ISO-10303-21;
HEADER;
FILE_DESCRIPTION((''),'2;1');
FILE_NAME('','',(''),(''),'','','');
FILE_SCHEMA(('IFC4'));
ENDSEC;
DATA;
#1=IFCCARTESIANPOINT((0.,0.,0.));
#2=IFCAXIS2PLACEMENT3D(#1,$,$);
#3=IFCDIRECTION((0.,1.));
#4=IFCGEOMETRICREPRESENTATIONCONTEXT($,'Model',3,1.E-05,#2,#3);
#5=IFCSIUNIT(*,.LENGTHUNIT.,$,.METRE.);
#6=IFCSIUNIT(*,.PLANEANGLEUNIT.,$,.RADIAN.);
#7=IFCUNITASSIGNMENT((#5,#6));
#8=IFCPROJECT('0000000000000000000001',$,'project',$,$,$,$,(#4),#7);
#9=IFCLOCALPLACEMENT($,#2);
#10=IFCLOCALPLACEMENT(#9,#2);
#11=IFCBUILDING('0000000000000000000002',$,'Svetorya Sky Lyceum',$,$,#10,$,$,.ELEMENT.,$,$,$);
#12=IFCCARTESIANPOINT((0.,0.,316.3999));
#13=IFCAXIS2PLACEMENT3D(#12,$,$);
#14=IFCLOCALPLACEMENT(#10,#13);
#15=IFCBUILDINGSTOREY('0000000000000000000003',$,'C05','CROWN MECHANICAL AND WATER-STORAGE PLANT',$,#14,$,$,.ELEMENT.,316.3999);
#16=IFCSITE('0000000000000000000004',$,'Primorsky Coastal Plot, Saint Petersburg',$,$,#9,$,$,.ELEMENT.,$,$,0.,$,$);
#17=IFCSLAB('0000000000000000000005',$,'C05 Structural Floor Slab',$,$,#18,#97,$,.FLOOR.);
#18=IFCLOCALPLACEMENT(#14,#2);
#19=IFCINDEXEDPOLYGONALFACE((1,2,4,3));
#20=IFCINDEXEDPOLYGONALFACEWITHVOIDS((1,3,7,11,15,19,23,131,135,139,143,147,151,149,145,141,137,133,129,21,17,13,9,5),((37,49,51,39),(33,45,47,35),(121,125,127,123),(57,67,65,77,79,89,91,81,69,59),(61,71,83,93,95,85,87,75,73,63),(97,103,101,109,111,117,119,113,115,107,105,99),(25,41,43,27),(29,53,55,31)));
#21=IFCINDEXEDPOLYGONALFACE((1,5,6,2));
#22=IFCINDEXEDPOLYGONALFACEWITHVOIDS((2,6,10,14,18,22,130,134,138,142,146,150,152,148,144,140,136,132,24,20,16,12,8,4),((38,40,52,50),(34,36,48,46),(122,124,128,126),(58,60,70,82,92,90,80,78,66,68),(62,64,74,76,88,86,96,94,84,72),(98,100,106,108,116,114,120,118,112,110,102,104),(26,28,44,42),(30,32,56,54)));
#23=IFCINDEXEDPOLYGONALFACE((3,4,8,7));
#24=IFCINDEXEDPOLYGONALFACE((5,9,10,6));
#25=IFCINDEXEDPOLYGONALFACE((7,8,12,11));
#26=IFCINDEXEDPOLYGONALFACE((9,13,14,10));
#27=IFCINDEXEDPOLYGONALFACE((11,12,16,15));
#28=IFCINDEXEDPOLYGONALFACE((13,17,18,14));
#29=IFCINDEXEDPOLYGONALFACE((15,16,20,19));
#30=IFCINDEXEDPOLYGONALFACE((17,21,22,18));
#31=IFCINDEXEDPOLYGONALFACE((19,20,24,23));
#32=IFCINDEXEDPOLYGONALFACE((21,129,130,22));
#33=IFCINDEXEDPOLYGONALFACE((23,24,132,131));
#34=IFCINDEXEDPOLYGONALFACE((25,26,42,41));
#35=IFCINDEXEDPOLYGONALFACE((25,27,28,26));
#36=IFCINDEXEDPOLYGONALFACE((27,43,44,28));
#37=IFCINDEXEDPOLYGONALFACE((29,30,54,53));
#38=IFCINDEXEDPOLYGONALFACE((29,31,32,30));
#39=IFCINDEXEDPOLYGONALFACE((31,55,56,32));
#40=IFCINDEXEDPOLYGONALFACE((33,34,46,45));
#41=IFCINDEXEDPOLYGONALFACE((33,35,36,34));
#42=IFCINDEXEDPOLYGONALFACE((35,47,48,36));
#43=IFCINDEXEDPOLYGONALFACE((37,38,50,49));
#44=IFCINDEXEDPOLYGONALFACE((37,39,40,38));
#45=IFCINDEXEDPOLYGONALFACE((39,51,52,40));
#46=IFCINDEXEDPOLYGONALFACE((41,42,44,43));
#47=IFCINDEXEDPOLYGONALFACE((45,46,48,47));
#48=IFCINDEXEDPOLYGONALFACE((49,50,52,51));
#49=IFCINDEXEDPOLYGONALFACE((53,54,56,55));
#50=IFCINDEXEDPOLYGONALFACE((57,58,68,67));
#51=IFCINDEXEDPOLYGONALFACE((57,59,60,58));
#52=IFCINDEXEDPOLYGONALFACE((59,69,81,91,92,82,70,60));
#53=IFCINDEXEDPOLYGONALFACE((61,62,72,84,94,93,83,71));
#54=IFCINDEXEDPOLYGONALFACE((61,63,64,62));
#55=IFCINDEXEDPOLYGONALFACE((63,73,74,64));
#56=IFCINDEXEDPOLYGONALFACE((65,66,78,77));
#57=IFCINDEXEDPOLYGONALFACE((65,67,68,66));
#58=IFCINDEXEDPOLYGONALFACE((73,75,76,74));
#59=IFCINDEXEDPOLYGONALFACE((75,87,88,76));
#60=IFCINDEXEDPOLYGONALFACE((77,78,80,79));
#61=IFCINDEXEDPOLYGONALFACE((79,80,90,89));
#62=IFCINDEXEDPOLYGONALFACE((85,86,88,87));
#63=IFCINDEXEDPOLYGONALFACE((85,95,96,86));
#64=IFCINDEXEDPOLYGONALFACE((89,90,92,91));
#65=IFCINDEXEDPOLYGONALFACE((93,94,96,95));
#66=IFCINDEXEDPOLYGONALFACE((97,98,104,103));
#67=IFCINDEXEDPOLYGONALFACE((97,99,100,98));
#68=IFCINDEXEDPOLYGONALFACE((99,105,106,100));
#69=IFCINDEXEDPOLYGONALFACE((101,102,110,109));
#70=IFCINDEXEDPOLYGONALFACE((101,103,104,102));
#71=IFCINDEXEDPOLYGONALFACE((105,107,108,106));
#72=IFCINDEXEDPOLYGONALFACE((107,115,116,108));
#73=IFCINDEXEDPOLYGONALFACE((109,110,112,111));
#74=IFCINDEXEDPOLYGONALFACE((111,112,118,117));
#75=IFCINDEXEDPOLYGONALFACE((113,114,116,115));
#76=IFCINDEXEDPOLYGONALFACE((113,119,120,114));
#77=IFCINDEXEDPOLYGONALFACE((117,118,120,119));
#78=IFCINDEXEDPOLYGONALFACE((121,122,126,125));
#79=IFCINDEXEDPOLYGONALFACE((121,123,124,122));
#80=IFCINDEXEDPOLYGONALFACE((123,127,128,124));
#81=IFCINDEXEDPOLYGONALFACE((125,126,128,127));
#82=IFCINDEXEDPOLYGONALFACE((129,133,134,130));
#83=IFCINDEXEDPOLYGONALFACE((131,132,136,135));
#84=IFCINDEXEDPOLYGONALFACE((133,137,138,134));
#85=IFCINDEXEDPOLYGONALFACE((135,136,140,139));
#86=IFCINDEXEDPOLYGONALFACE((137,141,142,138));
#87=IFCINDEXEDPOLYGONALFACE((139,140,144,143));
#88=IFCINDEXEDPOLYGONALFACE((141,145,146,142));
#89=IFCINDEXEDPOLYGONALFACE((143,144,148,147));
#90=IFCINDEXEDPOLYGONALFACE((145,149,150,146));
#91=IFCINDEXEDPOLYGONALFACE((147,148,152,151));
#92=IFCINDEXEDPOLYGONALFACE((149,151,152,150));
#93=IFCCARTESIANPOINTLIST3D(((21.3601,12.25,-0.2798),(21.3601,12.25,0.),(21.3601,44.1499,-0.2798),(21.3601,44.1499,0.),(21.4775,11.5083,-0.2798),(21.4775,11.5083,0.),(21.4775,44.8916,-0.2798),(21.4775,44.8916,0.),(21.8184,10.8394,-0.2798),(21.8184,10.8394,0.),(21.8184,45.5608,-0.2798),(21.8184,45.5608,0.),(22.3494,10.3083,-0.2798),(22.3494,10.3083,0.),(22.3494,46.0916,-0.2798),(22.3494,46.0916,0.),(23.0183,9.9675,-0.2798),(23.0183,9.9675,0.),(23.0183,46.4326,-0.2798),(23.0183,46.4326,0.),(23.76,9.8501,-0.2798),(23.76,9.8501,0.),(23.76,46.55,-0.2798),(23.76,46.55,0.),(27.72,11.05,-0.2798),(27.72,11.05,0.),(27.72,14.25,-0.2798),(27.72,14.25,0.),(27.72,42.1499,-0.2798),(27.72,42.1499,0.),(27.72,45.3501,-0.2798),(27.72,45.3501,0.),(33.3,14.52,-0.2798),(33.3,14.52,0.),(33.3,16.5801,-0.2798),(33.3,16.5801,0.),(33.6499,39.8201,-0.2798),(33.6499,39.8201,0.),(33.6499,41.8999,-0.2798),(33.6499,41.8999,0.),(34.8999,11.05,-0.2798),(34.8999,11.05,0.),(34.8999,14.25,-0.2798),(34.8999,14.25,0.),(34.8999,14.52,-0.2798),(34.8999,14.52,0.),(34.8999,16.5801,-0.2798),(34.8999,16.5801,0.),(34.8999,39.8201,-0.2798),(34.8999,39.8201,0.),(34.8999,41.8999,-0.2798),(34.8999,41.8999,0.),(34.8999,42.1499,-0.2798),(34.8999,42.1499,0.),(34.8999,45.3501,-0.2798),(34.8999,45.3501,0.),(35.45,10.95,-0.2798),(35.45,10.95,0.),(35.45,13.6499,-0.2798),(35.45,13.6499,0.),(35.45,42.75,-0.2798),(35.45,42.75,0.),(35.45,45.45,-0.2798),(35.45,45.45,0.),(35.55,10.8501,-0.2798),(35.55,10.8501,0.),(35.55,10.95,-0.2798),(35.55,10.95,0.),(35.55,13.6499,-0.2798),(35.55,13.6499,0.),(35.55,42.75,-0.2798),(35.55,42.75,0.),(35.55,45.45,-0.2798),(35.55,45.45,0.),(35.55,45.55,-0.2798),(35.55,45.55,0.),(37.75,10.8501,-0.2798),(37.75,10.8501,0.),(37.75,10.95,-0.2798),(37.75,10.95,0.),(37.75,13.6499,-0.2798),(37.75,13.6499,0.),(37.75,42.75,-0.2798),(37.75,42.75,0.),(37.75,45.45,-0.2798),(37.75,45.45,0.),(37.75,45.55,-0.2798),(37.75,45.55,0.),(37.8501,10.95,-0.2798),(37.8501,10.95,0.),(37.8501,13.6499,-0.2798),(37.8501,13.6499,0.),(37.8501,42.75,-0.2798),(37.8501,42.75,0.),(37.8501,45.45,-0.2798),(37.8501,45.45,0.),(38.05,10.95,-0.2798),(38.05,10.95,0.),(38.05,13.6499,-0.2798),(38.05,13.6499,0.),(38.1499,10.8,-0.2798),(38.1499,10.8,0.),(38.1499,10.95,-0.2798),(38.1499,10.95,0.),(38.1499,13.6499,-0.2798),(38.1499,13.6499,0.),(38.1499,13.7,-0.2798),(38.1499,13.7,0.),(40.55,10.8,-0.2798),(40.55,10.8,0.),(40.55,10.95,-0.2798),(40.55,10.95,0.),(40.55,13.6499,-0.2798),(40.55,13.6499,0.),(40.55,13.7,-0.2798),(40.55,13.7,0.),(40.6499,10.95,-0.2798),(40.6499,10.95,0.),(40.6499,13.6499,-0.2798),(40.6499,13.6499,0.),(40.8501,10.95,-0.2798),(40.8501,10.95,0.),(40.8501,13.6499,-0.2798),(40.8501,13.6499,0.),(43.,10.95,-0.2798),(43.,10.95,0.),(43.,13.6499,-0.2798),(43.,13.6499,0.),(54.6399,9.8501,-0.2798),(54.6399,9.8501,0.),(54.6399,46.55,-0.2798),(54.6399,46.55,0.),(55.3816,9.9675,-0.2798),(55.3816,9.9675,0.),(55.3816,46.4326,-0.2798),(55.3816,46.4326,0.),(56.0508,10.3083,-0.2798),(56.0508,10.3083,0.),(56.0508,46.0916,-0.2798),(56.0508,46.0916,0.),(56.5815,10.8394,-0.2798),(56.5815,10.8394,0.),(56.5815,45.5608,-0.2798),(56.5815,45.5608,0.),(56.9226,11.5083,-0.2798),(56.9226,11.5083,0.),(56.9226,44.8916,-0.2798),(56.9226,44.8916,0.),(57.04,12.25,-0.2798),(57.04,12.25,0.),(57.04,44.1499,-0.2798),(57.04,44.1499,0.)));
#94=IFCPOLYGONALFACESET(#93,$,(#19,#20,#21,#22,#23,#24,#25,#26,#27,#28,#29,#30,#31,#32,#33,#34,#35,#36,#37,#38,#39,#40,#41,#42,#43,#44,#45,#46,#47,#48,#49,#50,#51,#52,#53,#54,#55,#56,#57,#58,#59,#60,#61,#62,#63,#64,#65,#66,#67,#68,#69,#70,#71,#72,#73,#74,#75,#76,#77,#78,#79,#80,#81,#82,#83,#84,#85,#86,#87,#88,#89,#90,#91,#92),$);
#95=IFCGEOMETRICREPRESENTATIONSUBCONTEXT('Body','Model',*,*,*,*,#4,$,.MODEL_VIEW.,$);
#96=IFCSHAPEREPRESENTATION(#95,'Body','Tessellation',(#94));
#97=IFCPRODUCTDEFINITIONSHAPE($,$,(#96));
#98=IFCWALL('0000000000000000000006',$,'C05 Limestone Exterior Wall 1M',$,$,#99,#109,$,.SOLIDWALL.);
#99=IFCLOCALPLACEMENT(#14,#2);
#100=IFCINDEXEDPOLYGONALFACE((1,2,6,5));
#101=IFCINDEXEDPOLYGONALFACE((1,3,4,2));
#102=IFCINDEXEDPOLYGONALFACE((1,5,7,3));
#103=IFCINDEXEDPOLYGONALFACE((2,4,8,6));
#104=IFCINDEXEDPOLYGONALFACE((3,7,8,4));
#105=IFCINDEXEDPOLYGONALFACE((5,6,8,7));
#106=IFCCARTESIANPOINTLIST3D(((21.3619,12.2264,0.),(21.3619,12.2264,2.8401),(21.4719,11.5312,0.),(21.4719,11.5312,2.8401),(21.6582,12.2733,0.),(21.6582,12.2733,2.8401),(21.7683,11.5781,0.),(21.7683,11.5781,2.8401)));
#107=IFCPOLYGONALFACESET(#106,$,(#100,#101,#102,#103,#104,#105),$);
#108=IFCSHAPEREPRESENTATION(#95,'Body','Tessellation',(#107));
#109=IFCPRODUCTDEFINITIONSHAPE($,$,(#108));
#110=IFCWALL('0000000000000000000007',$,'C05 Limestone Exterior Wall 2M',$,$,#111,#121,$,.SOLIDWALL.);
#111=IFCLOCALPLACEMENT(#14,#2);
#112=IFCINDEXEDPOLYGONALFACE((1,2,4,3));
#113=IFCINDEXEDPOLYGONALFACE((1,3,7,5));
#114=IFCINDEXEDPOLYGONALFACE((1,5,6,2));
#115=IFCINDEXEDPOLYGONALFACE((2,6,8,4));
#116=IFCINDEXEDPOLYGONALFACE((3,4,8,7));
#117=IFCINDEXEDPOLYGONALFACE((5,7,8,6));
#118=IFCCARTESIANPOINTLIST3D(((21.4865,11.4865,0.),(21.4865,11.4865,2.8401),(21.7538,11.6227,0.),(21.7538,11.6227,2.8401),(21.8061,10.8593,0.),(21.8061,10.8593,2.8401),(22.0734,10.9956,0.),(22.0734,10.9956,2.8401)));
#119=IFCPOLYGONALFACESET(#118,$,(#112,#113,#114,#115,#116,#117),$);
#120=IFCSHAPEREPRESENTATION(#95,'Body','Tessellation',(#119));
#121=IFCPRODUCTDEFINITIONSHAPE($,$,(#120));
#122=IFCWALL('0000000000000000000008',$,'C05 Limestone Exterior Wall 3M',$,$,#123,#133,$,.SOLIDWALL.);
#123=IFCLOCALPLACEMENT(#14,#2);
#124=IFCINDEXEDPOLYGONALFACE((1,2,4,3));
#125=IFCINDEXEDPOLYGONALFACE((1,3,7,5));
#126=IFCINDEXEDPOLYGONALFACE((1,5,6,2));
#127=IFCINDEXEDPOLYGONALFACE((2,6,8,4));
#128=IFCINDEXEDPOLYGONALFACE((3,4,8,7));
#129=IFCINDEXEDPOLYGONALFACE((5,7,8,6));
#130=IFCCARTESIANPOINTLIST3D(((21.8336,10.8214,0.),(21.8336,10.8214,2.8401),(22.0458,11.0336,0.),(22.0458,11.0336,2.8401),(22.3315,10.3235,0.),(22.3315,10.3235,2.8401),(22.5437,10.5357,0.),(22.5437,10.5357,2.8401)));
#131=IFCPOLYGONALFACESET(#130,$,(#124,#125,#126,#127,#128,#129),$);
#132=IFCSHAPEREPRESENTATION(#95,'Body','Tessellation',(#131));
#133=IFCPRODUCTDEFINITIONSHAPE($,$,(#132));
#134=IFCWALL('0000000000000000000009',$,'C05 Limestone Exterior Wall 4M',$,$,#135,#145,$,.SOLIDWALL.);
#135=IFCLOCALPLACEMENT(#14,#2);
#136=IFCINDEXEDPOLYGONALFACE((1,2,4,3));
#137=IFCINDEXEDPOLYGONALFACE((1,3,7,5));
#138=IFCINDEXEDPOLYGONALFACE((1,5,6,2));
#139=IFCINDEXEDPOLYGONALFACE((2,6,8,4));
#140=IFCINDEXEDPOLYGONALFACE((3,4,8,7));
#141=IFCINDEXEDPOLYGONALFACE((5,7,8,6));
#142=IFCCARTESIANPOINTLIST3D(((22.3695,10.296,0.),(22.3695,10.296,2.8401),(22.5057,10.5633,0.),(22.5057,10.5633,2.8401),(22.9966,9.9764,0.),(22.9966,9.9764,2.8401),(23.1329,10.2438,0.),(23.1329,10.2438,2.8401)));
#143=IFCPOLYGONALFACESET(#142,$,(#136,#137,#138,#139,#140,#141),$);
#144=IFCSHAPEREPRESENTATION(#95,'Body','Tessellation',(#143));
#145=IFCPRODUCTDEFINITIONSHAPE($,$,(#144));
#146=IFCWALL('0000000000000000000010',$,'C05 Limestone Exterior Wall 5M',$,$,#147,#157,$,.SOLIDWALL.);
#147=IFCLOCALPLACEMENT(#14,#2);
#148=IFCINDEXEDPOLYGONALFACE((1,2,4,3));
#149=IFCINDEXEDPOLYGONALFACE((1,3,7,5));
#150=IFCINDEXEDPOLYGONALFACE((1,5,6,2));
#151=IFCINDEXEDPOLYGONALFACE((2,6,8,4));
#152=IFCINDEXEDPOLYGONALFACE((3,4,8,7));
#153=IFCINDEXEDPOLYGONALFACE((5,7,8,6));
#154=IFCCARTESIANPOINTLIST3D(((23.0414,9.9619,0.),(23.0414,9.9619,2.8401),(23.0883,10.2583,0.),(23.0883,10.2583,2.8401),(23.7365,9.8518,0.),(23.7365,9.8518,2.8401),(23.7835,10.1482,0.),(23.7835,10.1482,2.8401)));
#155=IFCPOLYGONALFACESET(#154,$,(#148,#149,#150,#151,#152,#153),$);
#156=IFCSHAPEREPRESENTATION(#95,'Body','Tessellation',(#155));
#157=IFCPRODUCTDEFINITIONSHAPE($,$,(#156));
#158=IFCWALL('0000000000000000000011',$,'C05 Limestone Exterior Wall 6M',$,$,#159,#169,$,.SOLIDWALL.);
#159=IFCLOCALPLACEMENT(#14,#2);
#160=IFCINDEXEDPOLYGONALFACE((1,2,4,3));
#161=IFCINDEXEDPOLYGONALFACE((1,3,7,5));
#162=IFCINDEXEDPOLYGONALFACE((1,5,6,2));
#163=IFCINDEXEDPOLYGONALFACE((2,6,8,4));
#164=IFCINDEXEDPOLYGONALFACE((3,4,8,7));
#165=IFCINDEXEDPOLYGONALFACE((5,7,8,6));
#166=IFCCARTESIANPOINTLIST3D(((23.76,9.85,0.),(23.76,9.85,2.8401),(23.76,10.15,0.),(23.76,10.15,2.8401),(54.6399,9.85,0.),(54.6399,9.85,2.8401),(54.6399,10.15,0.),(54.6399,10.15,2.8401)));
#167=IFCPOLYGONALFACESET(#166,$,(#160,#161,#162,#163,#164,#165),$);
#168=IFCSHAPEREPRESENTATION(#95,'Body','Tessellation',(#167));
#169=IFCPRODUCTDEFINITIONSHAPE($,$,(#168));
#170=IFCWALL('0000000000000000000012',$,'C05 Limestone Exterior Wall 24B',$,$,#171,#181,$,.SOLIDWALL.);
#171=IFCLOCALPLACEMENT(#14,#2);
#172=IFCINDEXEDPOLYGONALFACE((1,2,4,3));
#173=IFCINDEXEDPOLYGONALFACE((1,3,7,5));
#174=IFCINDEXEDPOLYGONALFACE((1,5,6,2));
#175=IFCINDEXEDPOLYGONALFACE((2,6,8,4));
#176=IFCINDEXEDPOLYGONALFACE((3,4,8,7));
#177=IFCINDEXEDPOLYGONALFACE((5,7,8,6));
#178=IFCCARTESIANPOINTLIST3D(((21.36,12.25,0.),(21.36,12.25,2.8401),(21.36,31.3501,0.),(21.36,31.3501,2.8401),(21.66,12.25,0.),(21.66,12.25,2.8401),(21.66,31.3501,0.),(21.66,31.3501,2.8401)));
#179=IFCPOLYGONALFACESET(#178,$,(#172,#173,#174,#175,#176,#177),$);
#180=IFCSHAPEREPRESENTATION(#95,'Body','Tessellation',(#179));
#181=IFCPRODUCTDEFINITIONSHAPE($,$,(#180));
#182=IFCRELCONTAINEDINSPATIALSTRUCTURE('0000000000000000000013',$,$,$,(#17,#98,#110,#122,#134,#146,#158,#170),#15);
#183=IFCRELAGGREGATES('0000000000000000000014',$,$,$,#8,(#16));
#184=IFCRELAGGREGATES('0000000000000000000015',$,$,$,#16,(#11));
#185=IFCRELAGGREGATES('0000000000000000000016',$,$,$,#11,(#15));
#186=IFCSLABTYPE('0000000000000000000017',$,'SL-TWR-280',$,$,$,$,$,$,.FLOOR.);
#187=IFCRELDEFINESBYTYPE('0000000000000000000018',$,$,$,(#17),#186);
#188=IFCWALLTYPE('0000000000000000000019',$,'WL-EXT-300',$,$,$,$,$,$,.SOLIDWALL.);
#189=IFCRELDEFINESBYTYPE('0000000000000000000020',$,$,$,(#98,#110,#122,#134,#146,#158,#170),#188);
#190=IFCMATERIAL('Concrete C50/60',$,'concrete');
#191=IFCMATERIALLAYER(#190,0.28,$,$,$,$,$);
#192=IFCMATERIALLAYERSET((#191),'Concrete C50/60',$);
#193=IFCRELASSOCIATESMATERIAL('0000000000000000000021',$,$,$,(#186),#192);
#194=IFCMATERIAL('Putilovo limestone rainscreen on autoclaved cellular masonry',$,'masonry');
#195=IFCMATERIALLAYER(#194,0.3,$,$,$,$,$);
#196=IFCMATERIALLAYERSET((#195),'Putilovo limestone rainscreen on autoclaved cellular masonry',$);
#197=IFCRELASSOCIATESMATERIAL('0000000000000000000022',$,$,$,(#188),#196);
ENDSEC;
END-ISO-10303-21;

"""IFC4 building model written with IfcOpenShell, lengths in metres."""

from ifc_helpers import new_model, si_unit, direction, frame, frame_2d, origin, place, context, subcontext, project, spatial, polyline, rectangle, outline, extrude, material, layer, layer_set, type_object, element, save


model = new_model("IFC4")

# Units and contexts
model_context = context("Model", 3, precision=1e-05, world=origin(), true_north=direction((0.0, 1.0)))
body_context = subcontext(model_context, "Body", "Model", "MODEL_VIEW")
ifc_project = project(units=[si_unit("LENGTHUNIT", "METRE"), si_unit("PLANEANGLEUNIT", "RADIAN")], contexts=[model_context])

# Site, building, storey
site_placement = place(None, origin())
site = spatial("IfcSite", under=ifc_project, at=site_placement, Name="Primorsky Coastal Plot, Saint Petersburg", CompositionType="ELEMENT", RefElevation=0.0)
building_placement = place(site_placement, origin())
building = spatial("IfcBuilding", under=site, at=building_placement, Name="Svetorya Sky Lyceum", CompositionType="ELEMENT")
storey_placement = place(building_placement, frame((0.0, 0.0, 316.3999)))
storey = spatial("IfcBuildingStorey", under=building, at=storey_placement, Name="C05", Description="CROWN MECHANICAL AND WATER-STORAGE PLANT", CompositionType="ELEMENT", Elevation=316.3999)

# Slab
ifc_material_1 = material(Name="Concrete C50/60", Category="concrete")
ifc_layer_1 = layer(ifc_material_1, 0.28)
ifc_layer_set_1 = layer_set([ifc_layer_1], Name="Concrete C50/60")
slab_type_1 = type_object("IfcSlabType", Name="SL-TWR-280", PredefinedType="FLOOR", material=ifc_layer_set_1)
slab_1_placement = place(storey_placement, frame((0.0, 0.0, -0.2798)))
element("IfcSlab", 1, at=slab_1_placement, inside=storey, type_object=slab_type_1, Name="C05 Structural Floor Slab", PredefinedType="FLOOR", context=body_context, shape_type="SweptSolid", body=[
    extrude(outline(polyline([(21.3601, 12.25), (21.4775, 11.5083), (21.8184, 10.8394), (22.3494, 10.3083), (23.0183, 9.9675), (23.76, 9.8501), (54.6399, 9.8501), (55.3816, 9.9675), (56.0508, 10.3083), (56.5815, 10.8394), (56.9226, 11.5083), (57.04, 12.25), (57.04, 44.1499), (56.9226, 44.8916), (56.5815, 45.5608), (56.0508, 46.0916), (55.3816, 46.4326), (54.6399, 46.55), (23.76, 46.55), (23.0183, 46.4326), (22.3494, 46.0916), (21.8184, 45.5608), (21.4775, 44.8916), (21.3601, 44.1499), (21.3601, 12.25)]), holes=[polyline([(37.75, 10.8501), (35.55, 10.8501), (35.55, 10.95), (35.45, 10.95), (35.45, 13.6499), (35.55, 13.6499), (37.75, 13.6499), (37.8501, 13.6499), (37.8501, 10.95), (37.75, 10.95), (37.75, 10.8501)]), polyline([(34.8999, 11.05), (27.72, 11.05), (27.72, 14.25), (34.8999, 14.25), (34.8999, 11.05)]), polyline([(34.8999, 14.52), (33.3, 14.52), (33.3, 16.5801), (34.8999, 16.5801), (34.8999, 14.52)]), polyline([(33.6499, 39.8201), (33.6499, 41.8999), (34.8999, 41.8999), (34.8999, 39.8201), (33.6499, 39.8201)]), polyline([(27.72, 42.1499), (27.72, 45.3501), (34.8999, 45.3501), (34.8999, 42.1499), (27.72, 42.1499)]), polyline([(37.75, 45.45), (37.8501, 45.45), (37.8501, 42.75), (37.75, 42.75), (35.55, 42.75), (35.45, 42.75), (35.45, 45.45), (35.55, 45.45), (35.55, 45.55), (37.75, 45.55), (37.75, 45.45)]), polyline([(40.6499, 13.6499), (40.6499, 10.95), (40.55, 10.95), (40.55, 10.8), (38.1499, 10.8), (38.1499, 10.95), (38.05, 10.95), (38.05, 13.6499), (38.1499, 13.6499), (38.1499, 13.7), (40.55, 13.7), (40.55, 13.6499), (40.6499, 13.6499)]), polyline([(40.8501, 10.95), (40.8501, 13.6499), (43.0, 13.6499), (43.0, 10.95), (40.8501, 10.95)])]), origin(), (0.0, 0.0, 1.0), 0.2798),
])

# Walls
ifc_material_2 = material(Name="Putilovo limestone rainscreen on autoclaved cellular masonry", Category="masonry")
ifc_layer_2 = layer(ifc_material_2, 0.3)
ifc_layer_set_2 = layer_set([ifc_layer_2], Name="Putilovo limestone rainscreen on autoclaved cellular masonry")
wall_type_1 = type_object("IfcWallType", Name="WL-EXT-300", PredefinedType="SOLIDWALL", material=ifc_layer_set_2)
for number, where, z_axis, x_axis, name in (
    (2, (21.51, 12.25, 0.0), (0.0, 0.0, 1.0), (0.156408, -0.987693, 0.0), "C05 Limestone Exterior Wall 1M"),
    (3, (21.6201, 11.5547, 0.0), (0.0, 0.0, 1.0), (0.453999, -0.891002, 0.0), "C05 Limestone Exterior Wall 2M"),
):
    element("IfcWall", number, at=place(storey_placement, frame(where, z_axis=z_axis, x_axis=x_axis)), inside=storey, type_object=wall_type_1, Name=name, PredefinedType="SOLIDWALL", context=body_context, shape_type="SweptSolid", body=[
        extrude(rectangle(XDim=0.7039, YDim=0.3, at=frame_2d((0.3521, 0.0))), origin(), (0.0, 0.0, 1.0), 2.8401),
    ])
wall_1_placement = place(storey_placement, frame((21.9397, 10.9275, 0.0), z_axis=(0.0, 0.0, 1.0), x_axis=(0.707107, -0.707107, 0.0)))
element("IfcWall", 4, at=wall_1_placement, inside=storey, type_object=wall_type_1, Name="C05 Limestone Exterior Wall 3M", PredefinedType="SOLIDWALL", context=body_context, shape_type="SweptSolid", body=[
    extrude(rectangle(XDim=0.7041, YDim=0.3, at=frame_2d((0.3521, 0.0))), origin(), (0.0, 0.0, 1.0), 2.8401),
])
for number, where, z_axis, x_axis, name in (
    (5, (22.4375, 10.4297, 0.0), (0.0, 0.0, 1.0), (0.891002, -0.453999, 0.0), "C05 Limestone Exterior Wall 4M"),
    (6, (23.0647, 10.1101, 0.0), (0.0, 0.0, 1.0), (0.987693, -0.156408, 0.0), "C05 Limestone Exterior Wall 5M"),
):
    element("IfcWall", number, at=place(storey_placement, frame(where, z_axis=z_axis, x_axis=x_axis)), inside=storey, type_object=wall_type_1, Name=name, PredefinedType="SOLIDWALL", context=body_context, shape_type="SweptSolid", body=[
        extrude(rectangle(XDim=0.7039, YDim=0.3, at=frame_2d((0.3521, 0.0))), origin(), (0.0, 0.0, 1.0), 2.8401),
    ])
wall_2_placement = place(storey_placement, frame((23.76, 10.0, 0.0), z_axis=(0.0, 0.0, 1.0), x_axis=(1.0, 0.0, 0.0)))
element("IfcWall", 7, at=wall_2_placement, inside=storey, type_object=wall_type_1, Name="C05 Limestone Exterior Wall 6M", PredefinedType="SOLIDWALL", context=body_context, shape_type="SweptSolid", body=[
    extrude(rectangle(XDim=30.8799, YDim=0.3, at=frame_2d((15.4399, 0.0))), origin(), (0.0, 0.0, 1.0), 2.8401),
])
wall_3_placement = place(storey_placement, frame((21.51, 31.3501, 0.0), z_axis=(0.0, 0.0, 1.0), x_axis=(0.0, -1.0, 0.0)))
element("IfcWall", 8, at=wall_3_placement, inside=storey, type_object=wall_type_1, Name="C05 Limestone Exterior Wall 24B", PredefinedType="SOLIDWALL", context=body_context, shape_type="SweptSolid", body=[
    extrude(rectangle(XDim=19.1001, YDim=0.3, at=frame_2d((9.55, 0.0))), origin(), (0.0, 0.0, 1.0), 2.8401),
])

save(model, "model.ifc")
